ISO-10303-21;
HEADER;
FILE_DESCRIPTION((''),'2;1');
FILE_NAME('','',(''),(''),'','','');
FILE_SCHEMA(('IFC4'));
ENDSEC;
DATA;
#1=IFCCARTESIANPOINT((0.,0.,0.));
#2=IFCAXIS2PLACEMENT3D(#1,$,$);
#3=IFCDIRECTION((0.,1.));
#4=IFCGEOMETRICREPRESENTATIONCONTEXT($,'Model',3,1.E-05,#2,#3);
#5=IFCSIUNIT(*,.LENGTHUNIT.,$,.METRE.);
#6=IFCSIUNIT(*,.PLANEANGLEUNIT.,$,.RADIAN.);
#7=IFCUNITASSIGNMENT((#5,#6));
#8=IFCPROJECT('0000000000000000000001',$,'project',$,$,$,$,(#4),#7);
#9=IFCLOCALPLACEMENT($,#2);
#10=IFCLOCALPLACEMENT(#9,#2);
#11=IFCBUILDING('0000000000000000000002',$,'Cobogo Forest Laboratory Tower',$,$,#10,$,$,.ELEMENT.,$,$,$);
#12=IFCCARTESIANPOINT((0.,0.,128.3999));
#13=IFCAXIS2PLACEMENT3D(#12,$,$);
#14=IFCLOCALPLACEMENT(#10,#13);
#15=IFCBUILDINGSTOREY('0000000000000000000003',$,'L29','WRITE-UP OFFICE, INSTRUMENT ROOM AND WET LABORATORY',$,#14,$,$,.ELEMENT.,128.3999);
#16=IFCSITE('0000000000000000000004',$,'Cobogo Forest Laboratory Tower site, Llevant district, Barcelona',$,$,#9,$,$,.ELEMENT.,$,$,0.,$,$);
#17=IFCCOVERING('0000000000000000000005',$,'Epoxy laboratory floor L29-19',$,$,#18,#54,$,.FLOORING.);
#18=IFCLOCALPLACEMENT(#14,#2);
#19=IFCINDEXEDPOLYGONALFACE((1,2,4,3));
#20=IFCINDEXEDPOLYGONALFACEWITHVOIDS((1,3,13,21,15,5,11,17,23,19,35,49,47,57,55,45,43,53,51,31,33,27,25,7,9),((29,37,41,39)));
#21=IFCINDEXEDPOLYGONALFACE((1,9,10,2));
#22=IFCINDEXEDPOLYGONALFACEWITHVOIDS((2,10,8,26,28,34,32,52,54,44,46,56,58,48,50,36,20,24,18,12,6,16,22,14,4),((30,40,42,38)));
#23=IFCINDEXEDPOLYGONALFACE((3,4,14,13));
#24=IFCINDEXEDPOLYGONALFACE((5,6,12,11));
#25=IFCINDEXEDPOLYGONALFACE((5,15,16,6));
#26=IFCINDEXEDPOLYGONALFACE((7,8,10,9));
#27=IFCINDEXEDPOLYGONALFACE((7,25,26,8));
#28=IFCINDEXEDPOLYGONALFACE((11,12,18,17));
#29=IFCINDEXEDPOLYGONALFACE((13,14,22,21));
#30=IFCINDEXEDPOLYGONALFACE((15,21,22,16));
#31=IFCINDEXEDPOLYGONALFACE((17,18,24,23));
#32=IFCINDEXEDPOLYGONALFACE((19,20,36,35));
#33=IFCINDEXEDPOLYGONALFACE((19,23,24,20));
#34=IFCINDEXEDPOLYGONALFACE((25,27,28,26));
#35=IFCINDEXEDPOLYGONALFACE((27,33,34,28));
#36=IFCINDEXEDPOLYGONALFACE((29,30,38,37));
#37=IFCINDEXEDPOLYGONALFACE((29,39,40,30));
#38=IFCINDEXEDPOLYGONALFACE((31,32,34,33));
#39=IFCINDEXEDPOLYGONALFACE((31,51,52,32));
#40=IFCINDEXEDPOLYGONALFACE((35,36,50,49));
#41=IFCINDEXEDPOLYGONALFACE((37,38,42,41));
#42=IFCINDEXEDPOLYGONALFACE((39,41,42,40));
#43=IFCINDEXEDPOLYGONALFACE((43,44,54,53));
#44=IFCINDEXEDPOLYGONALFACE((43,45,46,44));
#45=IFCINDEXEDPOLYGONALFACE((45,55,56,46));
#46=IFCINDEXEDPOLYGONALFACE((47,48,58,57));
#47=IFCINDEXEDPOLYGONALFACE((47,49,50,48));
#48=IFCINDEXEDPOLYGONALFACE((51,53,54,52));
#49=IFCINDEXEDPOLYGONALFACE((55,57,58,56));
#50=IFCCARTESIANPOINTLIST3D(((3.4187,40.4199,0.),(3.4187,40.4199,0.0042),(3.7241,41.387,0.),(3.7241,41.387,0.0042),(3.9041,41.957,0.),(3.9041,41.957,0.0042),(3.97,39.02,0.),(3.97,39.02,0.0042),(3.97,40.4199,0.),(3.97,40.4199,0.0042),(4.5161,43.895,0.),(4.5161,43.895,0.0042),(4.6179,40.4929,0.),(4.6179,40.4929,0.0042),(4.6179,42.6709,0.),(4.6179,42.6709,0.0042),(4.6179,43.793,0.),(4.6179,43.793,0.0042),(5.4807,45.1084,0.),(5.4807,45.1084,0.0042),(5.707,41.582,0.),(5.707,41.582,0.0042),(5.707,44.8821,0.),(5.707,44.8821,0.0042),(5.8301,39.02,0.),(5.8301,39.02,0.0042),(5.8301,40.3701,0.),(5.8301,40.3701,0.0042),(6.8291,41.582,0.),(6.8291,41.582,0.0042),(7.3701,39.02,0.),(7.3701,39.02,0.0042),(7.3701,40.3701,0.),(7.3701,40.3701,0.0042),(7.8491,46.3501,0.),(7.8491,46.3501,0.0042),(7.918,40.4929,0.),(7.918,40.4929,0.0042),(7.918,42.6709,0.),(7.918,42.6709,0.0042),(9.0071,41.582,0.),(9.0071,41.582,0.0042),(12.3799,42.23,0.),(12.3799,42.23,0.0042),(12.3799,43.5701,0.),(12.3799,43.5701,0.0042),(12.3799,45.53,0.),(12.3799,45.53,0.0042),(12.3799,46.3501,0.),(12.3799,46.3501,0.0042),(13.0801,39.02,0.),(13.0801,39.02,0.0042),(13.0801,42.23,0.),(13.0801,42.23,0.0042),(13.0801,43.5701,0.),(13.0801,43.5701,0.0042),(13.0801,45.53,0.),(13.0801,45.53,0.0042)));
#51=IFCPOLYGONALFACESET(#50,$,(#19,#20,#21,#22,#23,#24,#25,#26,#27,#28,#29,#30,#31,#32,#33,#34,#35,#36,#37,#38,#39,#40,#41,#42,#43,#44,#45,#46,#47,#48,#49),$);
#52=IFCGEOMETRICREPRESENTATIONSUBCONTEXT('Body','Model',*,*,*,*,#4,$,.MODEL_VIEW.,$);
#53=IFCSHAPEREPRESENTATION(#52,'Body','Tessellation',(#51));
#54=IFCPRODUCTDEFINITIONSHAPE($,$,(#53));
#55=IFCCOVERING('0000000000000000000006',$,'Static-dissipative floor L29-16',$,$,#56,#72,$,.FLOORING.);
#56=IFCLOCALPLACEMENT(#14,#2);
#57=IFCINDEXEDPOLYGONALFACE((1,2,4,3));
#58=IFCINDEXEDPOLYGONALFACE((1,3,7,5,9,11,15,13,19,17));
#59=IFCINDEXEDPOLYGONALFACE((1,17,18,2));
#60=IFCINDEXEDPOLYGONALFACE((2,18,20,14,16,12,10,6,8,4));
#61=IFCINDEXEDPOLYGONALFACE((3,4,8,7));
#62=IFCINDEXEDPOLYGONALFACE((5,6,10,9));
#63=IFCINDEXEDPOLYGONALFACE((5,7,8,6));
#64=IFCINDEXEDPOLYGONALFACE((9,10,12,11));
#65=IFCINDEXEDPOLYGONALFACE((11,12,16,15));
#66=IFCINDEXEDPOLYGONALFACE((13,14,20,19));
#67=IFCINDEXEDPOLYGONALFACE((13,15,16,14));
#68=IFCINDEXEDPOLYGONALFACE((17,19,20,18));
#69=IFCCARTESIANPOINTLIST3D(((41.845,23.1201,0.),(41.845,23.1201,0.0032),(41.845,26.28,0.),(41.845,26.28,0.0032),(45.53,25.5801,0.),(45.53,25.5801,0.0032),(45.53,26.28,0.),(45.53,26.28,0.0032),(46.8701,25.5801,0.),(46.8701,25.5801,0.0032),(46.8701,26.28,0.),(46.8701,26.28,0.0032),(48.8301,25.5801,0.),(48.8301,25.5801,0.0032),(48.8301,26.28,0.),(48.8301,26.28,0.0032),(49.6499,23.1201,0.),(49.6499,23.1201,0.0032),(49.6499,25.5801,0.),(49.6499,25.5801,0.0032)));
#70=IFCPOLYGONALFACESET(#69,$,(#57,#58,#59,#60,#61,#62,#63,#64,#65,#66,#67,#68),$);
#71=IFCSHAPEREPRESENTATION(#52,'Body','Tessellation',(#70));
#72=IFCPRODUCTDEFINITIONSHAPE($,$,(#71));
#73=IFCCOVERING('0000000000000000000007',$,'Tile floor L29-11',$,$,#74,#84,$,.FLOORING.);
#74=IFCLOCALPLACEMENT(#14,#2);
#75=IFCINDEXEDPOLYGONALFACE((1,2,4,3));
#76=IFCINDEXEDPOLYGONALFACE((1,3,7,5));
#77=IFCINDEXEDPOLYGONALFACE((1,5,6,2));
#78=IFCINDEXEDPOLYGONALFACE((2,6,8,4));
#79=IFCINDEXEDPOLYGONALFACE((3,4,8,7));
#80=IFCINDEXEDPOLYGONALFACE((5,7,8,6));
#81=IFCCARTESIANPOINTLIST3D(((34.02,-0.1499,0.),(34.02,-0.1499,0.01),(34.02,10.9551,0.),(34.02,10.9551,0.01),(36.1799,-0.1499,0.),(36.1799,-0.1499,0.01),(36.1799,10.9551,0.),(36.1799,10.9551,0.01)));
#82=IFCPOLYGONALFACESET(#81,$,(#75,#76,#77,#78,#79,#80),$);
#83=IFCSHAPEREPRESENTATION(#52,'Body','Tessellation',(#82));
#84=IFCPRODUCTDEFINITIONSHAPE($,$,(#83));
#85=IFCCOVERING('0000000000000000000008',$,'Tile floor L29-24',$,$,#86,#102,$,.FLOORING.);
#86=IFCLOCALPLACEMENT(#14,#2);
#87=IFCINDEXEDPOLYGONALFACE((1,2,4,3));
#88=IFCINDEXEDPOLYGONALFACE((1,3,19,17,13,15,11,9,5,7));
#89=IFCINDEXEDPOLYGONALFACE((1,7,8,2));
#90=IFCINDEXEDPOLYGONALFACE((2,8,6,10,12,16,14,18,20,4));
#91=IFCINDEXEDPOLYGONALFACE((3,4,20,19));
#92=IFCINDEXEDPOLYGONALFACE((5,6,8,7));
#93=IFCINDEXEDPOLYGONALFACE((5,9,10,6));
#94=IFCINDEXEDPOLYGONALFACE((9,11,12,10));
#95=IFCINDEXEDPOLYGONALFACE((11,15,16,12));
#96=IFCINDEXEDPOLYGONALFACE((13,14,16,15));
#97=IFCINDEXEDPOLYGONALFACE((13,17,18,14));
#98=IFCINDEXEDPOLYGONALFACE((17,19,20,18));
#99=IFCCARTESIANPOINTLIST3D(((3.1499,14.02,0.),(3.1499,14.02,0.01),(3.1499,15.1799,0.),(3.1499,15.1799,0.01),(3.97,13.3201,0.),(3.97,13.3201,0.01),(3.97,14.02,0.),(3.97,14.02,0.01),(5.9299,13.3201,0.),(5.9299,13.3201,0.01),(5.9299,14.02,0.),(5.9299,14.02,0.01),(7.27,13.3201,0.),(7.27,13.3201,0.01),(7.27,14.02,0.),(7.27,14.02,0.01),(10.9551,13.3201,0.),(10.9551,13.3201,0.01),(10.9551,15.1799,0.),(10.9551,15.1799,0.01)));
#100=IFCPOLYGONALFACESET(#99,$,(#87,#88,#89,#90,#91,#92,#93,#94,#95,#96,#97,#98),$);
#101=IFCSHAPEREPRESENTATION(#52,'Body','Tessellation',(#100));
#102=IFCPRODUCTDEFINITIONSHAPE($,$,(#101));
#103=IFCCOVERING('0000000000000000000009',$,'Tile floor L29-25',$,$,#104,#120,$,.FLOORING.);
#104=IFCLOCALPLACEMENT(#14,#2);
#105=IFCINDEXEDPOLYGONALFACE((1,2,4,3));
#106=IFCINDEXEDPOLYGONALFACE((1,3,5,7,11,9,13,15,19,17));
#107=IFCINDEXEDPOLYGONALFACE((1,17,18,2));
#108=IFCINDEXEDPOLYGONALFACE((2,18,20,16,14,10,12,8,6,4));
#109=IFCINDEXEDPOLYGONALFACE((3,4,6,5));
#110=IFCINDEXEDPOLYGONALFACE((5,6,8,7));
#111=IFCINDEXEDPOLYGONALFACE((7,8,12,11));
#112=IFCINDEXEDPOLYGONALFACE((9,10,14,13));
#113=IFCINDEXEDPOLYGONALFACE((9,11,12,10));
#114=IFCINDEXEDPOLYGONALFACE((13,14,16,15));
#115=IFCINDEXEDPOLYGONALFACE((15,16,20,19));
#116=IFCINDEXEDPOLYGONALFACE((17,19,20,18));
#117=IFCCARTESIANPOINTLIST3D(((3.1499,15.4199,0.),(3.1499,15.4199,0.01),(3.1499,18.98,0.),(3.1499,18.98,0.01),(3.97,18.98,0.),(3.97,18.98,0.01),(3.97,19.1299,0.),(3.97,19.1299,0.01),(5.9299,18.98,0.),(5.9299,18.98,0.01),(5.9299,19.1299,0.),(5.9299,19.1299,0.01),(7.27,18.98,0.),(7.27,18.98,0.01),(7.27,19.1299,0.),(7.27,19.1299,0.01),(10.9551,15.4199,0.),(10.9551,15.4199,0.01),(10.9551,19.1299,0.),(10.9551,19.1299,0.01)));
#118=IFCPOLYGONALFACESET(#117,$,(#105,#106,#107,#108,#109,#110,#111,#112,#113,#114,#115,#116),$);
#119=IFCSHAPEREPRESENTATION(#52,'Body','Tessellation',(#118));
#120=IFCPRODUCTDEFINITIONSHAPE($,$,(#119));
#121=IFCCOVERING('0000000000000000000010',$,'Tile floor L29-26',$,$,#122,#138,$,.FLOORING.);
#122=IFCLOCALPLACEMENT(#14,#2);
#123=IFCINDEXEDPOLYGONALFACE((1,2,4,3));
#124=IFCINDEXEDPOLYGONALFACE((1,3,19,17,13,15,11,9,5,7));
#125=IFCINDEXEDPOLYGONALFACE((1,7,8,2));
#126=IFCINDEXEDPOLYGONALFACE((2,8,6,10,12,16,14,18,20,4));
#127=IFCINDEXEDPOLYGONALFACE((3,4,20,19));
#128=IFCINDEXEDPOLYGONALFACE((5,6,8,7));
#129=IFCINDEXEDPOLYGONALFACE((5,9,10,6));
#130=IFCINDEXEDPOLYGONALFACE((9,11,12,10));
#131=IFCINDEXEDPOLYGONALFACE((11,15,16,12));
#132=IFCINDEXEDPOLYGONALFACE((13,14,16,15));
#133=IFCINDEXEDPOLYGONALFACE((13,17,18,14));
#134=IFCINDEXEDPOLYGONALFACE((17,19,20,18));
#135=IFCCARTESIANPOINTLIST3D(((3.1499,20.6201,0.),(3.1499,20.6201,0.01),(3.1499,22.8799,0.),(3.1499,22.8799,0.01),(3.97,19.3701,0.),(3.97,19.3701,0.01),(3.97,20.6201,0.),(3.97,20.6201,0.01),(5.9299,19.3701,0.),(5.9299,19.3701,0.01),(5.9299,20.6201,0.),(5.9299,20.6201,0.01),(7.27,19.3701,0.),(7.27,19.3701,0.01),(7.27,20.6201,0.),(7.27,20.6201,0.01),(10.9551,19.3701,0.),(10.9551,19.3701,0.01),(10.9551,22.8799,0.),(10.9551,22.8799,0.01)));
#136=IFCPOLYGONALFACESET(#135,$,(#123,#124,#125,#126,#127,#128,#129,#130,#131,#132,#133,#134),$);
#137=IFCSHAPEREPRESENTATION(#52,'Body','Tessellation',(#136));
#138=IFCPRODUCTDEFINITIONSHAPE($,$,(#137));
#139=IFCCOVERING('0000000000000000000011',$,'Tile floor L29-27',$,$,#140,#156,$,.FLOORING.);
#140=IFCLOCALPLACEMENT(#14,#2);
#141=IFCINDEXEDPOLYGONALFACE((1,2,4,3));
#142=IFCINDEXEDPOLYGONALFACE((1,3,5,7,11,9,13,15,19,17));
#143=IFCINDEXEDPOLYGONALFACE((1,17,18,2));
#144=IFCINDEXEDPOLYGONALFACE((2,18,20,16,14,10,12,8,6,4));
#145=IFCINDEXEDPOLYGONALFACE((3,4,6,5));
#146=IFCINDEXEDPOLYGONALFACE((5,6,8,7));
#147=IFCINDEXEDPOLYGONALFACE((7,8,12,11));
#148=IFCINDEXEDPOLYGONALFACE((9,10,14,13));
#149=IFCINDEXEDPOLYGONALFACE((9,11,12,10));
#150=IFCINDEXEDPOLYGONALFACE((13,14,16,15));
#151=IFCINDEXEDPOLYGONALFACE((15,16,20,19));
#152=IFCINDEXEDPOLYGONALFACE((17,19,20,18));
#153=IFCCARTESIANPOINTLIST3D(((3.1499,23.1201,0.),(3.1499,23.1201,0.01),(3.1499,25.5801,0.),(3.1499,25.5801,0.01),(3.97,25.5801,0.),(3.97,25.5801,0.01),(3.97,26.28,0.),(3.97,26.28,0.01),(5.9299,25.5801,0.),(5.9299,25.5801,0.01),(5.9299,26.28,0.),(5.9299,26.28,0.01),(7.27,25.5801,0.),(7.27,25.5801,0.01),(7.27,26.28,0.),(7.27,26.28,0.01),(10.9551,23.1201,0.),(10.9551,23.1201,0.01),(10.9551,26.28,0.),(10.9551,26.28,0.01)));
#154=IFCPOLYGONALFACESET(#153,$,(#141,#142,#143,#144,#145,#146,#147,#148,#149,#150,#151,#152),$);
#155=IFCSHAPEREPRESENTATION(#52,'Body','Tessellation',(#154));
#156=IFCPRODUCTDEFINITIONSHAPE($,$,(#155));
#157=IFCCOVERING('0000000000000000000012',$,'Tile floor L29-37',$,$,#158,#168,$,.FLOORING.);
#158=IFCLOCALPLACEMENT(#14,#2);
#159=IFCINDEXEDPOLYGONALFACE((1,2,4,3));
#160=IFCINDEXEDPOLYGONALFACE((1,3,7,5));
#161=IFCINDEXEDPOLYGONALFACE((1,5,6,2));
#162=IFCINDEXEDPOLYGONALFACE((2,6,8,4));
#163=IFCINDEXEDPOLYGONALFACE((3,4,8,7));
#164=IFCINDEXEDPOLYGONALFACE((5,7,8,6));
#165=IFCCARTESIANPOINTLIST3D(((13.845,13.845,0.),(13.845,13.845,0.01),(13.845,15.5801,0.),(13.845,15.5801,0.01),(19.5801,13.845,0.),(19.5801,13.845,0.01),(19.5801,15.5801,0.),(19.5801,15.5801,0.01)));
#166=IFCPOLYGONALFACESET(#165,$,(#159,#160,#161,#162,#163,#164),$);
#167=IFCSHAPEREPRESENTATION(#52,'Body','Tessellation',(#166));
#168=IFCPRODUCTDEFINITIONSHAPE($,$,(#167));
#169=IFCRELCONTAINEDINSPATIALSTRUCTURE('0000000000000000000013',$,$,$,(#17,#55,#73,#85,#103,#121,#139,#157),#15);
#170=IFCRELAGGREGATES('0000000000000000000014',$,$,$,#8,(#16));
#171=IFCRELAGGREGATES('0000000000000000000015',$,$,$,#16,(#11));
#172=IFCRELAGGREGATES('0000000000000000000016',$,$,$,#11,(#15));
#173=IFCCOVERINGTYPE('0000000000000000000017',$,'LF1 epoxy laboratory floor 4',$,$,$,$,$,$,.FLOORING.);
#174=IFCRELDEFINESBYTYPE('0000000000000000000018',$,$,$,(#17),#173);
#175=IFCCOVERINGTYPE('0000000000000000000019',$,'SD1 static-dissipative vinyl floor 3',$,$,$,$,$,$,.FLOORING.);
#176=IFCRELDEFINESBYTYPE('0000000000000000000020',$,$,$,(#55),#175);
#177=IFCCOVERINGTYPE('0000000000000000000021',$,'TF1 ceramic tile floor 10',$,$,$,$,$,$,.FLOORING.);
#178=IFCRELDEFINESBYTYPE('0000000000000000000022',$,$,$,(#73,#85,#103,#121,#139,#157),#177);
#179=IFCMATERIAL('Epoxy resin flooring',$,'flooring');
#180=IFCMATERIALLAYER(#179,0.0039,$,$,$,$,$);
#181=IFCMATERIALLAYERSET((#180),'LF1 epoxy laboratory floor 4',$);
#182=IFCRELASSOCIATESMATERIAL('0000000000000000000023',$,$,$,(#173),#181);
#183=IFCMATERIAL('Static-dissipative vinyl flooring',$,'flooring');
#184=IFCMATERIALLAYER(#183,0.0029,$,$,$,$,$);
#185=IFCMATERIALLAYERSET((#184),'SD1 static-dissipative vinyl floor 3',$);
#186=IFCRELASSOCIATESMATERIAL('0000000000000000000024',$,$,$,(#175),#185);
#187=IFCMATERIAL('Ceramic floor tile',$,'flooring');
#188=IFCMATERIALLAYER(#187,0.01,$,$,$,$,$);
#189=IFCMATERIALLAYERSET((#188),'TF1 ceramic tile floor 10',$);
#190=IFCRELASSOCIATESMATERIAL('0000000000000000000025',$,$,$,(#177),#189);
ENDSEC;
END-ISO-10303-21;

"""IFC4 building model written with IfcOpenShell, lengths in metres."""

from ifc_helpers import new_model, si_unit, direction, frame, origin, place, context, subcontext, project, spatial, polyline, outline, extrude, material, layer, layer_set, type_object, element, save


model = new_model("IFC4")

# Units and contexts
model_context = context("Model", 3, precision=1e-05, world=origin(), true_north=direction((0.0, 1.0)))
body_context = subcontext(model_context, "Body", "Model", "MODEL_VIEW")
ifc_project = project(units=[si_unit("LENGTHUNIT", "METRE"), si_unit("PLANEANGLEUNIT", "RADIAN")], contexts=[model_context])

# Site, building, storey
site_placement = place(None, origin())
site = spatial("IfcSite", under=ifc_project, at=site_placement, Name="Cobogo Forest Laboratory Tower site, Llevant district, Barcelona", CompositionType="ELEMENT", RefElevation=0.0)
building_placement = place(site_placement, origin())
building = spatial("IfcBuilding", under=site, at=building_placement, Name="Cobogo Forest Laboratory Tower", CompositionType="ELEMENT")
storey_placement = place(building_placement, frame((0.0, 0.0, 128.3999)))
storey = spatial("IfcBuildingStorey", under=building, at=storey_placement, Name="L29", Description="WRITE-UP OFFICE, INSTRUMENT ROOM AND WET LABORATORY", CompositionType="ELEMENT", Elevation=128.3999)

# Coverings
ifc_material_1 = material(Name="Epoxy resin flooring", Category="flooring")
ifc_layer_1 = layer(ifc_material_1, 0.0039)
ifc_layer_set_1 = layer_set([ifc_layer_1], Name="LF1 epoxy laboratory floor 4")
covering_type_1 = type_object("IfcCoveringType", Name="LF1 epoxy laboratory floor 4", PredefinedType="FLOORING", material=ifc_layer_set_1)
covering_1_placement = place(storey_placement, origin())
element("IfcCovering", 1, at=covering_1_placement, inside=storey, type_object=covering_type_1, Name="Epoxy laboratory floor L29-19", PredefinedType="FLOORING", context=body_context, shape_type="SweptSolid", body=[
    extrude(outline(polyline([(3.7241, 41.387), (4.6179, 40.4929), (5.707, 41.582), (4.6179, 42.6709), (3.9041, 41.957), (4.5161, 43.895), (4.6179, 43.793), (5.707, 44.8821), (5.4807, 45.1084), (7.8491, 46.3501), (12.3799, 46.3501), (12.3799, 45.53), (13.0801, 45.53), (13.0801, 43.5701), (12.3799, 43.5701), (12.3799, 42.23), (13.0801, 42.23), (13.0801, 39.02), (7.3701, 39.02), (7.3701, 40.3701), (5.8301, 40.3701), (5.8301, 39.02), (3.97, 39.02), (3.97, 40.4199), (3.4187, 40.4199), (3.7241, 41.387)]), holes=[polyline([(6.8291, 41.582), (7.918, 40.4929), (9.0071, 41.582), (7.918, 42.6709), (6.8291, 41.582)])]), origin(), (0.0, 0.0, 1.0), 0.0042),
])
ifc_material_2 = material(Name="Static-dissipative vinyl flooring", Category="flooring")
ifc_layer_2 = layer(ifc_material_2, 0.0029)
ifc_layer_set_2 = layer_set([ifc_layer_2], Name="SD1 static-dissipative vinyl floor 3")
covering_type_2 = type_object("IfcCoveringType", Name="SD1 static-dissipative vinyl floor 3", PredefinedType="FLOORING", material=ifc_layer_set_2)
covering_2_placement = place(storey_placement, origin())
element("IfcCovering", 2, at=covering_2_placement, inside=storey, type_object=covering_type_2, Name="Static-dissipative floor L29-16", PredefinedType="FLOORING", context=body_context, shape_type="SweptSolid", body=[
    extrude(outline(polyline([(41.845, 26.28), (45.53, 26.28), (45.53, 25.5801), (46.8701, 25.5801), (46.8701, 26.28), (48.8301, 26.28), (48.8301, 25.5801), (49.6499, 25.5801), (49.6499, 23.1201), (41.845, 23.1201), (41.845, 26.28)])), origin(), (0.0, 0.0, 1.0), 0.0032),
])
ifc_material_3 = material(Name="Ceramic floor tile", Category="flooring")
ifc_layer_3 = layer(ifc_material_3, 0.01)
ifc_layer_set_3 = layer_set([ifc_layer_3], Name="TF1 ceramic tile floor 10")
covering_type_3 = type_object("IfcCoveringType", Name="TF1 ceramic tile floor 10", PredefinedType="FLOORING", material=ifc_layer_set_3)
covering_3_placement = place(storey_placement, origin())
element("IfcCovering", 3, at=covering_3_placement, inside=storey, type_object=covering_type_3, Name="Tile floor L29-11", PredefinedType="FLOORING", context=body_context, shape_type="SweptSolid", body=[
    extrude(outline(polyline([(34.02, 10.9551), (36.1799, 10.9551), (36.1799, -0.1499), (34.02, -0.1499), (34.02, 10.9551)])), origin(), (0.0, 0.0, 1.0), 0.01),
])
covering_4_placement = place(storey_placement, origin())
element("IfcCovering", 4, at=covering_4_placement, inside=storey, type_object=covering_type_3, Name="Tile floor L29-24", PredefinedType="FLOORING", context=body_context, shape_type="SweptSolid", body=[
    extrude(outline(polyline([(10.9551, 13.3201), (7.27, 13.3201), (7.27, 14.02), (5.9299, 14.02), (5.9299, 13.3201), (3.97, 13.3201), (3.97, 14.02), (3.1499, 14.02), (3.1499, 15.1799), (10.9551, 15.1799), (10.9551, 13.3201)])), origin(), (0.0, 0.0, 1.0), 0.01),
])
covering_5_placement = place(storey_placement, origin())
element("IfcCovering", 5, at=covering_5_placement, inside=storey, type_object=covering_type_3, Name="Tile floor L29-25", PredefinedType="FLOORING", context=body_context, shape_type="SweptSolid", body=[
    extrude(outline(polyline([(10.9551, 15.4199), (3.1499, 15.4199), (3.1499, 18.98), (3.97, 18.98), (3.97, 19.1299), (5.9299, 19.1299), (5.9299, 18.98), (7.27, 18.98), (7.27, 19.1299), (10.9551, 19.1299), (10.9551, 15.4199)])), origin(), (0.0, 0.0, 1.0), 0.01),
])
covering_6_placement = place(storey_placement, origin())
element("IfcCovering", 6, at=covering_6_placement, inside=storey, type_object=covering_type_3, Name="Tile floor L29-26", PredefinedType="FLOORING", context=body_context, shape_type="SweptSolid", body=[
    extrude(outline(polyline([(10.9551, 19.3701), (7.27, 19.3701), (7.27, 20.6201), (5.9299, 20.6201), (5.9299, 19.3701), (3.97, 19.3701), (3.97, 20.6201), (3.1499, 20.6201), (3.1499, 22.8799), (10.9551, 22.8799), (10.9551, 19.3701)])), origin(), (0.0, 0.0, 1.0), 0.01),
])
covering_7_placement = place(storey_placement, origin())
element("IfcCovering", 7, at=covering_7_placement, inside=storey, type_object=covering_type_3, Name="Tile floor L29-27", PredefinedType="FLOORING", context=body_context, shape_type="SweptSolid", body=[
    extrude(outline(polyline([(10.9551, 23.1201), (3.1499, 23.1201), (3.1499, 25.5801), (3.97, 25.5801), (3.97, 26.28), (5.9299, 26.28), (5.9299, 25.5801), (7.27, 25.5801), (7.27, 26.28), (10.9551, 26.28), (10.9551, 23.1201)])), origin(), (0.0, 0.0, 1.0), 0.01),
])
covering_8_placement = place(storey_placement, origin())
element("IfcCovering", 8, at=covering_8_placement, inside=storey, type_object=covering_type_3, Name="Tile floor L29-37", PredefinedType="FLOORING", context=body_context, shape_type="SweptSolid", body=[
    extrude(outline(polyline([(19.5801, 13.845), (13.845, 13.845), (13.845, 15.5801), (19.5801, 15.5801), (19.5801, 13.845)])), origin(), (0.0, 0.0, 1.0), 0.01),
])

save(model, "model.ifc")
